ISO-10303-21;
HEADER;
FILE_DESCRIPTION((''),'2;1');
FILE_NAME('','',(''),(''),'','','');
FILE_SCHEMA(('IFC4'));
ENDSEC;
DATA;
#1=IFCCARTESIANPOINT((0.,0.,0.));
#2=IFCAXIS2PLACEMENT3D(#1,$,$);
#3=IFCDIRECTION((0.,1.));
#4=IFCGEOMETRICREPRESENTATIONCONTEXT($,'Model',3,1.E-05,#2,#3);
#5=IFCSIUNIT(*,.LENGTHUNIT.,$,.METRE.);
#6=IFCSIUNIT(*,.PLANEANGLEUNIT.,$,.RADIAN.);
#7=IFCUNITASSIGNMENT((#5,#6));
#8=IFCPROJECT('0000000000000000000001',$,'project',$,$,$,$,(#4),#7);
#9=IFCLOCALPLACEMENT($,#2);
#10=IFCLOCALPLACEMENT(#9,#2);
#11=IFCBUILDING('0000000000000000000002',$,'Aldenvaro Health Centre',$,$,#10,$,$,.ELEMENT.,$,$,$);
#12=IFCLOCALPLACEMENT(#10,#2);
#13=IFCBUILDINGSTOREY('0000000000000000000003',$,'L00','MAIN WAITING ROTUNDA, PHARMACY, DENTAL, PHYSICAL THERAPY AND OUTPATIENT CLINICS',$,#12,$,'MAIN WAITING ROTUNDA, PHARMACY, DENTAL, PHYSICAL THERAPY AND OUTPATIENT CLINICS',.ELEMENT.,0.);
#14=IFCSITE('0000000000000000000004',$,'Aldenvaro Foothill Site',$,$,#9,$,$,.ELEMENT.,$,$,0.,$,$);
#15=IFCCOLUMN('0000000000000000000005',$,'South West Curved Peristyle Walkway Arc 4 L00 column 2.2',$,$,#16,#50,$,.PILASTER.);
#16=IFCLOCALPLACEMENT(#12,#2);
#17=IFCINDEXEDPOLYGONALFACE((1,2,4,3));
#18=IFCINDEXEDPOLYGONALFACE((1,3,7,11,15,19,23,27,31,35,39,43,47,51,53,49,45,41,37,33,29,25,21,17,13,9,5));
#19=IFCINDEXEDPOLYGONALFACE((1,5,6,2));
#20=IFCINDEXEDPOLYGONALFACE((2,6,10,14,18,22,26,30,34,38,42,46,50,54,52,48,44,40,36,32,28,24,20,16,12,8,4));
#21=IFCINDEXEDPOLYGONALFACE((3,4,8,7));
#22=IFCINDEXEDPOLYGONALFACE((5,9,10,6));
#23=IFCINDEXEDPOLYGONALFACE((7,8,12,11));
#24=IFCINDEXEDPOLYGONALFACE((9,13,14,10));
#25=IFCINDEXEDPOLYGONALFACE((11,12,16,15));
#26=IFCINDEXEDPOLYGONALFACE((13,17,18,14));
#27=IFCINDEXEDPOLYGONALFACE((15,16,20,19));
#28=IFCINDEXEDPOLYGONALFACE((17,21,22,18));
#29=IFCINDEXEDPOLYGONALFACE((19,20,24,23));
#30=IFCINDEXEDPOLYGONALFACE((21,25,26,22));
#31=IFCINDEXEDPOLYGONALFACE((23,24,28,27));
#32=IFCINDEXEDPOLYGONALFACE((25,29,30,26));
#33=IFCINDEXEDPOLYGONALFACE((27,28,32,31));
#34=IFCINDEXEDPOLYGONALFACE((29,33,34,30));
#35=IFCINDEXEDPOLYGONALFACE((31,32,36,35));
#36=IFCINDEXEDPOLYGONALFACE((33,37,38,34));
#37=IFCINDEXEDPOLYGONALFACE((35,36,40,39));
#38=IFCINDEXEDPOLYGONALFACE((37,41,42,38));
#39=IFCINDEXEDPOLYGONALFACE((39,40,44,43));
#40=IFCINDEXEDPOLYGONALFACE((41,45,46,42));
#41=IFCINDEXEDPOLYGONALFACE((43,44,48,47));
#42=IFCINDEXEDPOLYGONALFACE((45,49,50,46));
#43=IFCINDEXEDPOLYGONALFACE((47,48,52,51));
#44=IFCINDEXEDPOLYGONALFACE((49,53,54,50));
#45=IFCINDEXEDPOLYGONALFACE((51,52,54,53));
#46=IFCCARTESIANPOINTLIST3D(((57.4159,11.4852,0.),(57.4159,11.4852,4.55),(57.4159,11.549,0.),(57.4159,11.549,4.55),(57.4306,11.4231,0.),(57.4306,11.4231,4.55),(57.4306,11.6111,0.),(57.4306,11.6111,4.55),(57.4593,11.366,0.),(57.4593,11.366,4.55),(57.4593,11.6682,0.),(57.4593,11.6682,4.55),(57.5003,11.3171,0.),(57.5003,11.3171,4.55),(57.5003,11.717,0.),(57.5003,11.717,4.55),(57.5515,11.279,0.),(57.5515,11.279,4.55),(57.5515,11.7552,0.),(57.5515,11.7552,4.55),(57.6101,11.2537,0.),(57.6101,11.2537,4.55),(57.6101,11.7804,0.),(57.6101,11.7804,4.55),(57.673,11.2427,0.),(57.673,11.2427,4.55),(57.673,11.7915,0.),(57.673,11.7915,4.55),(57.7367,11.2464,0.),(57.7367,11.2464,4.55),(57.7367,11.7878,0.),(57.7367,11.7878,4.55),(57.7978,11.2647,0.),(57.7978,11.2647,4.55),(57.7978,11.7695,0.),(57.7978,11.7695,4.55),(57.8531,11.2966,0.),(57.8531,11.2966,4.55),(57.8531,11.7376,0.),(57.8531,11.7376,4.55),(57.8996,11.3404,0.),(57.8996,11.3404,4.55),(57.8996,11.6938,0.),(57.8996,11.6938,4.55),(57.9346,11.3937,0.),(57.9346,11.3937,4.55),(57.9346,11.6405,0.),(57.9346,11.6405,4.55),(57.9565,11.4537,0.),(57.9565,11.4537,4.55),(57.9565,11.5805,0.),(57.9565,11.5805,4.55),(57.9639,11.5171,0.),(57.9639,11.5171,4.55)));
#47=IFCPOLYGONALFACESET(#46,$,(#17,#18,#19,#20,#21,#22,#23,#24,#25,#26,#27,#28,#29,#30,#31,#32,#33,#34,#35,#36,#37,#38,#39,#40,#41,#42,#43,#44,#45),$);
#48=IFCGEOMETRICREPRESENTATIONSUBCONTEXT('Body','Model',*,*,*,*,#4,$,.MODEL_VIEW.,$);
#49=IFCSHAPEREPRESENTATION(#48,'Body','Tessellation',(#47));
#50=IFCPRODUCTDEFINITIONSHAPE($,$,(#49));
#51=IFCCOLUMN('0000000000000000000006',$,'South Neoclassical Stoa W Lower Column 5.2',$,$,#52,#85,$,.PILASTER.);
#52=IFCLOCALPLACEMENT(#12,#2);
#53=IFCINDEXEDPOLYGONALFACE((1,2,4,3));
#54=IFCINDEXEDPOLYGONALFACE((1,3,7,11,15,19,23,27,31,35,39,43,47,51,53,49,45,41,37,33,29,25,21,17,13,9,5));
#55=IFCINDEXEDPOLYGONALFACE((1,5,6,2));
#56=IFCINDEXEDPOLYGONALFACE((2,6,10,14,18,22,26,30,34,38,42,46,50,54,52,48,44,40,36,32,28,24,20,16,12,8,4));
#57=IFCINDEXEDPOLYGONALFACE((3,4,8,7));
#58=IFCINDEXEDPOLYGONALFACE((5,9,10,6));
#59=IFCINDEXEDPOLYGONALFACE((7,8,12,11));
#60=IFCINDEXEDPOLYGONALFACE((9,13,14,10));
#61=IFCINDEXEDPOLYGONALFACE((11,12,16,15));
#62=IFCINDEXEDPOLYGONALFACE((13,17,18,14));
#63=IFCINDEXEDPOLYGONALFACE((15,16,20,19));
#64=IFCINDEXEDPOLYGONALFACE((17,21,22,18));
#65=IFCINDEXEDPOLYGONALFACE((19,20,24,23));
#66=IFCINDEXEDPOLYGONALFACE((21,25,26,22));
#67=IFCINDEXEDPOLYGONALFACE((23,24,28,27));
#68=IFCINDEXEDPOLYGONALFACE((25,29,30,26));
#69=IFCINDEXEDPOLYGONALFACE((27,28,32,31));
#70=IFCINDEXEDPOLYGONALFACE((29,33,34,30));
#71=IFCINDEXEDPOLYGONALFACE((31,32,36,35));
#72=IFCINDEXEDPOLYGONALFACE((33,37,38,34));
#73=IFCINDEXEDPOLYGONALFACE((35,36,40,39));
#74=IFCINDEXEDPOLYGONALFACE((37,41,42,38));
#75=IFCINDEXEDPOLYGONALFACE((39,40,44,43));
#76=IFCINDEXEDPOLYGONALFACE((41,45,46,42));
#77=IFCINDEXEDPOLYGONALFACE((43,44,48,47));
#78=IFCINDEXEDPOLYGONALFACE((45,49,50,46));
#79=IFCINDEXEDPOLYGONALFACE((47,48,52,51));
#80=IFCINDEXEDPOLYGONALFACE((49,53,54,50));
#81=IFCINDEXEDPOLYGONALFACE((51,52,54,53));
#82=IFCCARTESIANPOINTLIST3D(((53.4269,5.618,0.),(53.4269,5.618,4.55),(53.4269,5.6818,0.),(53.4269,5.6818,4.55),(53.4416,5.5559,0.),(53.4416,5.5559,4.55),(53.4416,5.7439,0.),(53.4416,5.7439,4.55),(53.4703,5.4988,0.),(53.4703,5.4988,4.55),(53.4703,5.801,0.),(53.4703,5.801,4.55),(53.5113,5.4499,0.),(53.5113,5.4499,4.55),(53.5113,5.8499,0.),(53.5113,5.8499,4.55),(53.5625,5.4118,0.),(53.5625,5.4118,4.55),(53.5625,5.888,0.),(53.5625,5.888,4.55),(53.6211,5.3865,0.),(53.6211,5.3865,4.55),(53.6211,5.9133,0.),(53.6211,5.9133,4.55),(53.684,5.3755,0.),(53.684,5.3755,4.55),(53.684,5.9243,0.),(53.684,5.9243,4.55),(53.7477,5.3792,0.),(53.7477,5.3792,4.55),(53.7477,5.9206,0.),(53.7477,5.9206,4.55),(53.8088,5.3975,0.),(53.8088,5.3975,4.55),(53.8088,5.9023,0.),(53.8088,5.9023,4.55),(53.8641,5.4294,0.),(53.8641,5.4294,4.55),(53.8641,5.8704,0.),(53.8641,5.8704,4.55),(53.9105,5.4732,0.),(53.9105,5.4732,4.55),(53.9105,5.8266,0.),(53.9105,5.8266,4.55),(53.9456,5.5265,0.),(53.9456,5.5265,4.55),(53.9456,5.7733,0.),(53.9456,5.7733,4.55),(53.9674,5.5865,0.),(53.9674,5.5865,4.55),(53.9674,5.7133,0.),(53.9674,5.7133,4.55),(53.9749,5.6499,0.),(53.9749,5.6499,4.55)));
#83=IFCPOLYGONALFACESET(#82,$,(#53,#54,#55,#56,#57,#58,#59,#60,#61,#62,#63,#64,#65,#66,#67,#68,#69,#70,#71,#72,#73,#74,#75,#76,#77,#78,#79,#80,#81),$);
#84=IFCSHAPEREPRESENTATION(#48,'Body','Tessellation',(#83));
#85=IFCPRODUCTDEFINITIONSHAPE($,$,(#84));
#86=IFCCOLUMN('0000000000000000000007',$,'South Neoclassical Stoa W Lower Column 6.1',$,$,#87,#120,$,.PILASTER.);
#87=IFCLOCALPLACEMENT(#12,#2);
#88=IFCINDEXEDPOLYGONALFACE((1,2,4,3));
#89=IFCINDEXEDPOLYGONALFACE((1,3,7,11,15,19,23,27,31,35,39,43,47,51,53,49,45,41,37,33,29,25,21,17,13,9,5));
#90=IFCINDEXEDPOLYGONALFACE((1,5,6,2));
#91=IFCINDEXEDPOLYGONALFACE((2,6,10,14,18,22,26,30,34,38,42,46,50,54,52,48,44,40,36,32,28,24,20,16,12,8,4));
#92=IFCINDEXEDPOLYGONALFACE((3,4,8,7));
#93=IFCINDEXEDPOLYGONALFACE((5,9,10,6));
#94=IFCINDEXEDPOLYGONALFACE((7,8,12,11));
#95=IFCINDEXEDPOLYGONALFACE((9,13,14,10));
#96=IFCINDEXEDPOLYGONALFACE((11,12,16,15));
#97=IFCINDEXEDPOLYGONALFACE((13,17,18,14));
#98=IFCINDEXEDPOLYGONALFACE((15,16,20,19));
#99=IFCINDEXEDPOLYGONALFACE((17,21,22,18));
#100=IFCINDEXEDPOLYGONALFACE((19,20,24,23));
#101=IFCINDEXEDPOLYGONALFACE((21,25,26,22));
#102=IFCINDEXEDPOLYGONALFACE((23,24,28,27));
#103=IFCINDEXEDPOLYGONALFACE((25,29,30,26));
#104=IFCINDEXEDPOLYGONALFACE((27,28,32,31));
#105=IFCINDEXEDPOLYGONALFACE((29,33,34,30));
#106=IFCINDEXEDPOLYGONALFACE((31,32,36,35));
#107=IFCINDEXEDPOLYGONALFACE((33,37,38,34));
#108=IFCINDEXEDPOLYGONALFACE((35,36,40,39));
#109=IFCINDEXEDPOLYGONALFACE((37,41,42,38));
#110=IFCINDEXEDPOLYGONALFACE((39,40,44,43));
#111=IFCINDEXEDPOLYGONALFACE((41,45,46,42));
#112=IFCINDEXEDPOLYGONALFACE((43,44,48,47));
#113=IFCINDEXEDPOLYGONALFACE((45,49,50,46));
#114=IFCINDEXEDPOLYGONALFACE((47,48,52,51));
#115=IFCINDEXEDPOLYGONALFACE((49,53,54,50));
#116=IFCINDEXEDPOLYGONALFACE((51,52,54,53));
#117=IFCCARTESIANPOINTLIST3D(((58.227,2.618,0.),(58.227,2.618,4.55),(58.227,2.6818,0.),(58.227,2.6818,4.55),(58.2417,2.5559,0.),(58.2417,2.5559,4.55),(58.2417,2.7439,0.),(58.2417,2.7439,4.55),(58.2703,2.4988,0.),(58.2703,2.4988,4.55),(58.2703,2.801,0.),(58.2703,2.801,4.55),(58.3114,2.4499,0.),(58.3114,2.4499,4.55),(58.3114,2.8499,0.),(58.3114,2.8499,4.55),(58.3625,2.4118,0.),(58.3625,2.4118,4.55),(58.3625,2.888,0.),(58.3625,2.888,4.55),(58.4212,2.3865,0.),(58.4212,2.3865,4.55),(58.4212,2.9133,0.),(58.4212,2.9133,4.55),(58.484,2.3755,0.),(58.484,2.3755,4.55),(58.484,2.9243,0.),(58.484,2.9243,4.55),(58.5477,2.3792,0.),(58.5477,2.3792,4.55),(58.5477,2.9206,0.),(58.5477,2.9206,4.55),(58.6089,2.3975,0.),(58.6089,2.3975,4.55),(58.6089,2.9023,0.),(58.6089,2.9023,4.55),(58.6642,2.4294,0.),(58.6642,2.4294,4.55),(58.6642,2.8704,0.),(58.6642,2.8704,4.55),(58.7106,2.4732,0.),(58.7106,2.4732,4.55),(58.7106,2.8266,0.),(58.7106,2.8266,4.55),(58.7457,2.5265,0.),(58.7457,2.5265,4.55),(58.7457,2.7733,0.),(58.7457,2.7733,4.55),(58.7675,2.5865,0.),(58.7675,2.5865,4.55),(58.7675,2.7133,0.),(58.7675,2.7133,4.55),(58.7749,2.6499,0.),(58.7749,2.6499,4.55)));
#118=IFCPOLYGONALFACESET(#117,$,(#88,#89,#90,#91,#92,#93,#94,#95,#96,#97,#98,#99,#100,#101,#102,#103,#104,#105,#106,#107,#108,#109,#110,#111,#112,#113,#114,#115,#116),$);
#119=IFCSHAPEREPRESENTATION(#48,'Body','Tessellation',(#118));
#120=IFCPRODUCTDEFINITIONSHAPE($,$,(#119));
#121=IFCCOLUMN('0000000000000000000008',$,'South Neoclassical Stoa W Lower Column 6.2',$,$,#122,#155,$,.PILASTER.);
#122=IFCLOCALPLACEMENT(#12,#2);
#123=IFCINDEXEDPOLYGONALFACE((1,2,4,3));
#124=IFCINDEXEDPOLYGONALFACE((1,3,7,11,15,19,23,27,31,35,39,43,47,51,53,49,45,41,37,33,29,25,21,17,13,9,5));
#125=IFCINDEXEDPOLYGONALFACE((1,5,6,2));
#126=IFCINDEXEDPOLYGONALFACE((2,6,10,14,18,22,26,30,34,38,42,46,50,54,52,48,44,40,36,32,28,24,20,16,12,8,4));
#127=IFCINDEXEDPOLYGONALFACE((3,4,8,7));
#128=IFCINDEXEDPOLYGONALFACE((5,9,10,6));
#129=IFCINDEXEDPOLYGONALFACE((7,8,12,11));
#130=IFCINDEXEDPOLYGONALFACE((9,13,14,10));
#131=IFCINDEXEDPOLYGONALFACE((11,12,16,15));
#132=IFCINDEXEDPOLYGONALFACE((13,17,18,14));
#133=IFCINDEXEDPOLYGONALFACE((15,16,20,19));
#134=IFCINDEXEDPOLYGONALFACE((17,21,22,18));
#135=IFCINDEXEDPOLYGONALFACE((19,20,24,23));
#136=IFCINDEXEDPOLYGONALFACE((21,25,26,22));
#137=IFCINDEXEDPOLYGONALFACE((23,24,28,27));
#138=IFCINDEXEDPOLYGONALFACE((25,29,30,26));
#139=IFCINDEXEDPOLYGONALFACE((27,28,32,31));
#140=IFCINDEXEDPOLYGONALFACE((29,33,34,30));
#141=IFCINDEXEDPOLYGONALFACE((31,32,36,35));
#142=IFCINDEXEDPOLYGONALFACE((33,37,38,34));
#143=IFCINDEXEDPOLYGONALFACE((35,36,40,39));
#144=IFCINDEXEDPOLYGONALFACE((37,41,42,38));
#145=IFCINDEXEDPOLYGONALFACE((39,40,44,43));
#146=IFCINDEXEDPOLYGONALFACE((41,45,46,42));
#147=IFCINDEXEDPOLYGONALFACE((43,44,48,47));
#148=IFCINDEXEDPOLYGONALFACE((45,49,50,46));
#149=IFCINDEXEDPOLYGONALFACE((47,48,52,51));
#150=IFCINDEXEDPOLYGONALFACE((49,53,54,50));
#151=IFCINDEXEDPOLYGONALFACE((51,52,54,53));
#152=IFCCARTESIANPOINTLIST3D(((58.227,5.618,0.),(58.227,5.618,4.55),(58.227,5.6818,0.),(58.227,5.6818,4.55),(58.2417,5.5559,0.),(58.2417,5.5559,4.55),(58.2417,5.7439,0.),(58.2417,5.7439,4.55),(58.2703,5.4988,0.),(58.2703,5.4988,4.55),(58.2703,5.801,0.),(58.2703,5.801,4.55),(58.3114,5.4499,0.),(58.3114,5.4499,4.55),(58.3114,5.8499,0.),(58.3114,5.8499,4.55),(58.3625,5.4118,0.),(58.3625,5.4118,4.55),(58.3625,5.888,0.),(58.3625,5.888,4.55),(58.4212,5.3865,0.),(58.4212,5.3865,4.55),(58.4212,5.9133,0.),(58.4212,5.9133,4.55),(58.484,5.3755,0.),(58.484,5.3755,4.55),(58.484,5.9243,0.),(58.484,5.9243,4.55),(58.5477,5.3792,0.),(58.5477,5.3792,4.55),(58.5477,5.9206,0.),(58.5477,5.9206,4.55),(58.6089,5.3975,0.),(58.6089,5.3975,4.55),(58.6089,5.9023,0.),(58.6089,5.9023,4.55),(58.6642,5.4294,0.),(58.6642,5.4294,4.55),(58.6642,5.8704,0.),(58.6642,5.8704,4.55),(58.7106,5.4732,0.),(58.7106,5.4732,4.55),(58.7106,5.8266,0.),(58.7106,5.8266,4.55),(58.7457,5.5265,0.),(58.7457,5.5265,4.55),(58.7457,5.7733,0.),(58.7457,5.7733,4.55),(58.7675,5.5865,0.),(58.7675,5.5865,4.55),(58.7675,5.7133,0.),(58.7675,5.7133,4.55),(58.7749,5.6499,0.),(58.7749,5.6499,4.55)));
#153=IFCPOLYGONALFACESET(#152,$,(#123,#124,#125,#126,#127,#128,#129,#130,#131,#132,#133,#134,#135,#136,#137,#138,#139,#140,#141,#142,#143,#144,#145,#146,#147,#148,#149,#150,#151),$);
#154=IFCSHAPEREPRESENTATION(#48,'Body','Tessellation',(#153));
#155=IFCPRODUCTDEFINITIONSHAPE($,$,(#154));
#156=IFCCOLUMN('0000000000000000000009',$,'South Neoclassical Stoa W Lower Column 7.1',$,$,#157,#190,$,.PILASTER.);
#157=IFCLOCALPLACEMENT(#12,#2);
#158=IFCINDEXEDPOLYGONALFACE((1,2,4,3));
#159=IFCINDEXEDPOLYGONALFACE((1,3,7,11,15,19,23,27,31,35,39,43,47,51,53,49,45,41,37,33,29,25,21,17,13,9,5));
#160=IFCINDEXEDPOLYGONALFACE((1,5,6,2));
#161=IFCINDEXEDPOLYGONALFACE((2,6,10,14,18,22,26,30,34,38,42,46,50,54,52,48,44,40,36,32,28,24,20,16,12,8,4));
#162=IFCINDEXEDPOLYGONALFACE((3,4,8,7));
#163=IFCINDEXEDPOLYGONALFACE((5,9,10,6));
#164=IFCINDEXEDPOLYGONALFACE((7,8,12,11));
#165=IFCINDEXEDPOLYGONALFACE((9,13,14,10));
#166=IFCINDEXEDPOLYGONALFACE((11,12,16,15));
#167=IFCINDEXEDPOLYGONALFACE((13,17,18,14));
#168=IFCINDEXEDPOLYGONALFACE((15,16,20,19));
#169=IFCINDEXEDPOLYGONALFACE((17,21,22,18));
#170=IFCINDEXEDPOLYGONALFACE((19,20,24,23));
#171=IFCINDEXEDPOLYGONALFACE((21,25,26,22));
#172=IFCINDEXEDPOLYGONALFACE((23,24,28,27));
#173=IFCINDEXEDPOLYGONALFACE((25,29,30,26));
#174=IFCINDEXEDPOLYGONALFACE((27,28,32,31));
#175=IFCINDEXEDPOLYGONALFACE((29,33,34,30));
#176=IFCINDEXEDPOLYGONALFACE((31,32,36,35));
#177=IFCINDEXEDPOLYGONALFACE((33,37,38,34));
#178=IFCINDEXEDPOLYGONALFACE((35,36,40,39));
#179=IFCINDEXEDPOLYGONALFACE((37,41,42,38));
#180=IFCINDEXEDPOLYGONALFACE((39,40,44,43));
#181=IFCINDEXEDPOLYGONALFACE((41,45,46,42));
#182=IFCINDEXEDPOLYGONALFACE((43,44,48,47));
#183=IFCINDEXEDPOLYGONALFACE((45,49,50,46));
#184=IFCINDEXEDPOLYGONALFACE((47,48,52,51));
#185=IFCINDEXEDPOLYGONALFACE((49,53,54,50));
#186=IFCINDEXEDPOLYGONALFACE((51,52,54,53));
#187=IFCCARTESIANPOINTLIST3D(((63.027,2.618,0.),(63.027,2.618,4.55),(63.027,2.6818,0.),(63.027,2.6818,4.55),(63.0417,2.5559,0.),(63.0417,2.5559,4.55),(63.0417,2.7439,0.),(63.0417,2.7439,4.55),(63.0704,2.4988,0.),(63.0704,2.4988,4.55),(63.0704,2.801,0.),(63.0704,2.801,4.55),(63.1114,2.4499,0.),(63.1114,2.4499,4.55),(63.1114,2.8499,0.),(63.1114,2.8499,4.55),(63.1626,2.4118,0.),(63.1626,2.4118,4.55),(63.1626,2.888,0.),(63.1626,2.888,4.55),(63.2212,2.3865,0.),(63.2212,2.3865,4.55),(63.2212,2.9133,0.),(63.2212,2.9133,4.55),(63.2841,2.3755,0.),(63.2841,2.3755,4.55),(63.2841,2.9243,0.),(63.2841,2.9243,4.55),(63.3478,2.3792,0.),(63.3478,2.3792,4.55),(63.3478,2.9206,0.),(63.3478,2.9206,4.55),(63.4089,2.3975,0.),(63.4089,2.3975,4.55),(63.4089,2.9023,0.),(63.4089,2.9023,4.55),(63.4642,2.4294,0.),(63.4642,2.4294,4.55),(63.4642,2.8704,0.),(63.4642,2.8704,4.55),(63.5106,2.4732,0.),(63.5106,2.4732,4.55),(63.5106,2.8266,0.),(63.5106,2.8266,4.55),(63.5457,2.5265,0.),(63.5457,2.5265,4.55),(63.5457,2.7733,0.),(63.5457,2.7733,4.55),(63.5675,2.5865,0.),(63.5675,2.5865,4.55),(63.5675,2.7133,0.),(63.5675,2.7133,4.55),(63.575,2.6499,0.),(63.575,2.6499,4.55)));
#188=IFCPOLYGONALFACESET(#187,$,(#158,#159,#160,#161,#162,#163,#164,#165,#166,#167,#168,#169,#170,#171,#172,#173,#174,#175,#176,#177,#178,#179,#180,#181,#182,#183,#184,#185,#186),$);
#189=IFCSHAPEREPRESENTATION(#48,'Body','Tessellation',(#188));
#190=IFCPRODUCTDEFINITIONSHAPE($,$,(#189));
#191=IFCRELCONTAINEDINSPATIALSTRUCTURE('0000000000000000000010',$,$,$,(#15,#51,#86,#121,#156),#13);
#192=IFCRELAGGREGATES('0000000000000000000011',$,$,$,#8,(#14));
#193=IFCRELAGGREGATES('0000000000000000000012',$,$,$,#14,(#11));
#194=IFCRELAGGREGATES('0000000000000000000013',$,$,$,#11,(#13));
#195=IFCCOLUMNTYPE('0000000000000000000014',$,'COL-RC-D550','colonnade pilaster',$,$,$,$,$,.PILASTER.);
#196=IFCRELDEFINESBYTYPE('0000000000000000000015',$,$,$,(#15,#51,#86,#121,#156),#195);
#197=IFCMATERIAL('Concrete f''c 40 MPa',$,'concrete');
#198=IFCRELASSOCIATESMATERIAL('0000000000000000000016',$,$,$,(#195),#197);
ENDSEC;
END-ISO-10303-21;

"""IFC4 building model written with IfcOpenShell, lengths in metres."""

from ifc_helpers import new_model, si_unit, direction, frame, origin, origin_2d, place, context, subcontext, project, spatial, circle, extrude, material, material_profile, profile_set, type_object, element, save


model = new_model("IFC4")

# Units and contexts
model_context = context("Model", 3, precision=1e-05, world=origin(), true_north=direction((0.0, 1.0)))
body_context = subcontext(model_context, "Body", "Model", "MODEL_VIEW")
ifc_project = project(units=[si_unit("LENGTHUNIT", "METRE"), si_unit("PLANEANGLEUNIT", "RADIAN")], contexts=[model_context])

# Site, building, storey
site_placement = place(None, origin())
site = spatial("IfcSite", under=ifc_project, at=site_placement, Name="Aldenvaro Foothill Site", CompositionType="ELEMENT", RefElevation=0.0)
building_placement = place(site_placement, origin())
building = spatial("IfcBuilding", under=site, at=building_placement, Name="Aldenvaro Health Centre", CompositionType="ELEMENT")
storey_placement = place(building_placement, origin())
storey = spatial("IfcBuildingStorey", under=building, at=storey_placement, Name="L00", Description="MAIN WAITING ROTUNDA, PHARMACY, DENTAL, PHYSICAL THERAPY AND OUTPATIENT CLINICS", LongName="MAIN WAITING ROTUNDA, PHARMACY, DENTAL, PHYSICAL THERAPY AND OUTPATIENT CLINICS", CompositionType="ELEMENT", Elevation=0.0)

# Columns
ifc_material_1 = material(Name="Concrete f'c 40 MPa", Category="concrete")
ifc_material_profile_1 = material_profile(ifc_material_1, circle(Radius=0.2749, at=origin_2d()), Name="RC D550", Category="concrete")
ifc_profile_set_1 = profile_set([ifc_material_profile_1], Name="Concrete f'c 40 MPa")
column_type = type_object("IfcColumnType", Name="COL-RC-D550", Description="colonnade pilaster", PredefinedType="PILASTER", material=ifc_profile_set_1)
for number, where, z_axis, x_axis, name in (
    (1, (57.689, 11.5171, 0.0), (0.0, 0.0, 1.0), (1.0, 0.0, 0.0), "South West Curved Peristyle Walkway Arc 4 L00 column 2.2"),
    (2, (53.7, 5.6499, 0.0), (0.0, 0.0, 1.0), (1.0, 0.0, 0.0), "South Neoclassical Stoa W Lower Column 5.2"),
    (3, (58.5, 2.6499, 0.0), (0.0, 0.0, 1.0), (1.0, 0.0, 0.0), "South Neoclassical Stoa W Lower Column 6.1"),
    (4, (58.5, 5.6499, 0.0), (0.0, 0.0, 1.0), (1.0, 0.0, 0.0), "South Neoclassical Stoa W Lower Column 6.2"),
    (5, (63.3, 2.6499, 0.0), (0.0, 0.0, 1.0), (1.0, 0.0, 0.0), "South Neoclassical Stoa W Lower Column 7.1"),
):
    element("IfcColumn", number, at=place(storey_placement, frame(where, z_axis=z_axis, x_axis=x_axis)), inside=storey, type_object=column_type, Name=name, PredefinedType="PILASTER", context=body_context, shape_type="SweptSolid", body=[
        extrude(circle(Radius=0.2749, at=origin_2d()), origin(), (0.0, 0.0, 1.0), 4.55),
    ])

save(model, "model.ifc")
